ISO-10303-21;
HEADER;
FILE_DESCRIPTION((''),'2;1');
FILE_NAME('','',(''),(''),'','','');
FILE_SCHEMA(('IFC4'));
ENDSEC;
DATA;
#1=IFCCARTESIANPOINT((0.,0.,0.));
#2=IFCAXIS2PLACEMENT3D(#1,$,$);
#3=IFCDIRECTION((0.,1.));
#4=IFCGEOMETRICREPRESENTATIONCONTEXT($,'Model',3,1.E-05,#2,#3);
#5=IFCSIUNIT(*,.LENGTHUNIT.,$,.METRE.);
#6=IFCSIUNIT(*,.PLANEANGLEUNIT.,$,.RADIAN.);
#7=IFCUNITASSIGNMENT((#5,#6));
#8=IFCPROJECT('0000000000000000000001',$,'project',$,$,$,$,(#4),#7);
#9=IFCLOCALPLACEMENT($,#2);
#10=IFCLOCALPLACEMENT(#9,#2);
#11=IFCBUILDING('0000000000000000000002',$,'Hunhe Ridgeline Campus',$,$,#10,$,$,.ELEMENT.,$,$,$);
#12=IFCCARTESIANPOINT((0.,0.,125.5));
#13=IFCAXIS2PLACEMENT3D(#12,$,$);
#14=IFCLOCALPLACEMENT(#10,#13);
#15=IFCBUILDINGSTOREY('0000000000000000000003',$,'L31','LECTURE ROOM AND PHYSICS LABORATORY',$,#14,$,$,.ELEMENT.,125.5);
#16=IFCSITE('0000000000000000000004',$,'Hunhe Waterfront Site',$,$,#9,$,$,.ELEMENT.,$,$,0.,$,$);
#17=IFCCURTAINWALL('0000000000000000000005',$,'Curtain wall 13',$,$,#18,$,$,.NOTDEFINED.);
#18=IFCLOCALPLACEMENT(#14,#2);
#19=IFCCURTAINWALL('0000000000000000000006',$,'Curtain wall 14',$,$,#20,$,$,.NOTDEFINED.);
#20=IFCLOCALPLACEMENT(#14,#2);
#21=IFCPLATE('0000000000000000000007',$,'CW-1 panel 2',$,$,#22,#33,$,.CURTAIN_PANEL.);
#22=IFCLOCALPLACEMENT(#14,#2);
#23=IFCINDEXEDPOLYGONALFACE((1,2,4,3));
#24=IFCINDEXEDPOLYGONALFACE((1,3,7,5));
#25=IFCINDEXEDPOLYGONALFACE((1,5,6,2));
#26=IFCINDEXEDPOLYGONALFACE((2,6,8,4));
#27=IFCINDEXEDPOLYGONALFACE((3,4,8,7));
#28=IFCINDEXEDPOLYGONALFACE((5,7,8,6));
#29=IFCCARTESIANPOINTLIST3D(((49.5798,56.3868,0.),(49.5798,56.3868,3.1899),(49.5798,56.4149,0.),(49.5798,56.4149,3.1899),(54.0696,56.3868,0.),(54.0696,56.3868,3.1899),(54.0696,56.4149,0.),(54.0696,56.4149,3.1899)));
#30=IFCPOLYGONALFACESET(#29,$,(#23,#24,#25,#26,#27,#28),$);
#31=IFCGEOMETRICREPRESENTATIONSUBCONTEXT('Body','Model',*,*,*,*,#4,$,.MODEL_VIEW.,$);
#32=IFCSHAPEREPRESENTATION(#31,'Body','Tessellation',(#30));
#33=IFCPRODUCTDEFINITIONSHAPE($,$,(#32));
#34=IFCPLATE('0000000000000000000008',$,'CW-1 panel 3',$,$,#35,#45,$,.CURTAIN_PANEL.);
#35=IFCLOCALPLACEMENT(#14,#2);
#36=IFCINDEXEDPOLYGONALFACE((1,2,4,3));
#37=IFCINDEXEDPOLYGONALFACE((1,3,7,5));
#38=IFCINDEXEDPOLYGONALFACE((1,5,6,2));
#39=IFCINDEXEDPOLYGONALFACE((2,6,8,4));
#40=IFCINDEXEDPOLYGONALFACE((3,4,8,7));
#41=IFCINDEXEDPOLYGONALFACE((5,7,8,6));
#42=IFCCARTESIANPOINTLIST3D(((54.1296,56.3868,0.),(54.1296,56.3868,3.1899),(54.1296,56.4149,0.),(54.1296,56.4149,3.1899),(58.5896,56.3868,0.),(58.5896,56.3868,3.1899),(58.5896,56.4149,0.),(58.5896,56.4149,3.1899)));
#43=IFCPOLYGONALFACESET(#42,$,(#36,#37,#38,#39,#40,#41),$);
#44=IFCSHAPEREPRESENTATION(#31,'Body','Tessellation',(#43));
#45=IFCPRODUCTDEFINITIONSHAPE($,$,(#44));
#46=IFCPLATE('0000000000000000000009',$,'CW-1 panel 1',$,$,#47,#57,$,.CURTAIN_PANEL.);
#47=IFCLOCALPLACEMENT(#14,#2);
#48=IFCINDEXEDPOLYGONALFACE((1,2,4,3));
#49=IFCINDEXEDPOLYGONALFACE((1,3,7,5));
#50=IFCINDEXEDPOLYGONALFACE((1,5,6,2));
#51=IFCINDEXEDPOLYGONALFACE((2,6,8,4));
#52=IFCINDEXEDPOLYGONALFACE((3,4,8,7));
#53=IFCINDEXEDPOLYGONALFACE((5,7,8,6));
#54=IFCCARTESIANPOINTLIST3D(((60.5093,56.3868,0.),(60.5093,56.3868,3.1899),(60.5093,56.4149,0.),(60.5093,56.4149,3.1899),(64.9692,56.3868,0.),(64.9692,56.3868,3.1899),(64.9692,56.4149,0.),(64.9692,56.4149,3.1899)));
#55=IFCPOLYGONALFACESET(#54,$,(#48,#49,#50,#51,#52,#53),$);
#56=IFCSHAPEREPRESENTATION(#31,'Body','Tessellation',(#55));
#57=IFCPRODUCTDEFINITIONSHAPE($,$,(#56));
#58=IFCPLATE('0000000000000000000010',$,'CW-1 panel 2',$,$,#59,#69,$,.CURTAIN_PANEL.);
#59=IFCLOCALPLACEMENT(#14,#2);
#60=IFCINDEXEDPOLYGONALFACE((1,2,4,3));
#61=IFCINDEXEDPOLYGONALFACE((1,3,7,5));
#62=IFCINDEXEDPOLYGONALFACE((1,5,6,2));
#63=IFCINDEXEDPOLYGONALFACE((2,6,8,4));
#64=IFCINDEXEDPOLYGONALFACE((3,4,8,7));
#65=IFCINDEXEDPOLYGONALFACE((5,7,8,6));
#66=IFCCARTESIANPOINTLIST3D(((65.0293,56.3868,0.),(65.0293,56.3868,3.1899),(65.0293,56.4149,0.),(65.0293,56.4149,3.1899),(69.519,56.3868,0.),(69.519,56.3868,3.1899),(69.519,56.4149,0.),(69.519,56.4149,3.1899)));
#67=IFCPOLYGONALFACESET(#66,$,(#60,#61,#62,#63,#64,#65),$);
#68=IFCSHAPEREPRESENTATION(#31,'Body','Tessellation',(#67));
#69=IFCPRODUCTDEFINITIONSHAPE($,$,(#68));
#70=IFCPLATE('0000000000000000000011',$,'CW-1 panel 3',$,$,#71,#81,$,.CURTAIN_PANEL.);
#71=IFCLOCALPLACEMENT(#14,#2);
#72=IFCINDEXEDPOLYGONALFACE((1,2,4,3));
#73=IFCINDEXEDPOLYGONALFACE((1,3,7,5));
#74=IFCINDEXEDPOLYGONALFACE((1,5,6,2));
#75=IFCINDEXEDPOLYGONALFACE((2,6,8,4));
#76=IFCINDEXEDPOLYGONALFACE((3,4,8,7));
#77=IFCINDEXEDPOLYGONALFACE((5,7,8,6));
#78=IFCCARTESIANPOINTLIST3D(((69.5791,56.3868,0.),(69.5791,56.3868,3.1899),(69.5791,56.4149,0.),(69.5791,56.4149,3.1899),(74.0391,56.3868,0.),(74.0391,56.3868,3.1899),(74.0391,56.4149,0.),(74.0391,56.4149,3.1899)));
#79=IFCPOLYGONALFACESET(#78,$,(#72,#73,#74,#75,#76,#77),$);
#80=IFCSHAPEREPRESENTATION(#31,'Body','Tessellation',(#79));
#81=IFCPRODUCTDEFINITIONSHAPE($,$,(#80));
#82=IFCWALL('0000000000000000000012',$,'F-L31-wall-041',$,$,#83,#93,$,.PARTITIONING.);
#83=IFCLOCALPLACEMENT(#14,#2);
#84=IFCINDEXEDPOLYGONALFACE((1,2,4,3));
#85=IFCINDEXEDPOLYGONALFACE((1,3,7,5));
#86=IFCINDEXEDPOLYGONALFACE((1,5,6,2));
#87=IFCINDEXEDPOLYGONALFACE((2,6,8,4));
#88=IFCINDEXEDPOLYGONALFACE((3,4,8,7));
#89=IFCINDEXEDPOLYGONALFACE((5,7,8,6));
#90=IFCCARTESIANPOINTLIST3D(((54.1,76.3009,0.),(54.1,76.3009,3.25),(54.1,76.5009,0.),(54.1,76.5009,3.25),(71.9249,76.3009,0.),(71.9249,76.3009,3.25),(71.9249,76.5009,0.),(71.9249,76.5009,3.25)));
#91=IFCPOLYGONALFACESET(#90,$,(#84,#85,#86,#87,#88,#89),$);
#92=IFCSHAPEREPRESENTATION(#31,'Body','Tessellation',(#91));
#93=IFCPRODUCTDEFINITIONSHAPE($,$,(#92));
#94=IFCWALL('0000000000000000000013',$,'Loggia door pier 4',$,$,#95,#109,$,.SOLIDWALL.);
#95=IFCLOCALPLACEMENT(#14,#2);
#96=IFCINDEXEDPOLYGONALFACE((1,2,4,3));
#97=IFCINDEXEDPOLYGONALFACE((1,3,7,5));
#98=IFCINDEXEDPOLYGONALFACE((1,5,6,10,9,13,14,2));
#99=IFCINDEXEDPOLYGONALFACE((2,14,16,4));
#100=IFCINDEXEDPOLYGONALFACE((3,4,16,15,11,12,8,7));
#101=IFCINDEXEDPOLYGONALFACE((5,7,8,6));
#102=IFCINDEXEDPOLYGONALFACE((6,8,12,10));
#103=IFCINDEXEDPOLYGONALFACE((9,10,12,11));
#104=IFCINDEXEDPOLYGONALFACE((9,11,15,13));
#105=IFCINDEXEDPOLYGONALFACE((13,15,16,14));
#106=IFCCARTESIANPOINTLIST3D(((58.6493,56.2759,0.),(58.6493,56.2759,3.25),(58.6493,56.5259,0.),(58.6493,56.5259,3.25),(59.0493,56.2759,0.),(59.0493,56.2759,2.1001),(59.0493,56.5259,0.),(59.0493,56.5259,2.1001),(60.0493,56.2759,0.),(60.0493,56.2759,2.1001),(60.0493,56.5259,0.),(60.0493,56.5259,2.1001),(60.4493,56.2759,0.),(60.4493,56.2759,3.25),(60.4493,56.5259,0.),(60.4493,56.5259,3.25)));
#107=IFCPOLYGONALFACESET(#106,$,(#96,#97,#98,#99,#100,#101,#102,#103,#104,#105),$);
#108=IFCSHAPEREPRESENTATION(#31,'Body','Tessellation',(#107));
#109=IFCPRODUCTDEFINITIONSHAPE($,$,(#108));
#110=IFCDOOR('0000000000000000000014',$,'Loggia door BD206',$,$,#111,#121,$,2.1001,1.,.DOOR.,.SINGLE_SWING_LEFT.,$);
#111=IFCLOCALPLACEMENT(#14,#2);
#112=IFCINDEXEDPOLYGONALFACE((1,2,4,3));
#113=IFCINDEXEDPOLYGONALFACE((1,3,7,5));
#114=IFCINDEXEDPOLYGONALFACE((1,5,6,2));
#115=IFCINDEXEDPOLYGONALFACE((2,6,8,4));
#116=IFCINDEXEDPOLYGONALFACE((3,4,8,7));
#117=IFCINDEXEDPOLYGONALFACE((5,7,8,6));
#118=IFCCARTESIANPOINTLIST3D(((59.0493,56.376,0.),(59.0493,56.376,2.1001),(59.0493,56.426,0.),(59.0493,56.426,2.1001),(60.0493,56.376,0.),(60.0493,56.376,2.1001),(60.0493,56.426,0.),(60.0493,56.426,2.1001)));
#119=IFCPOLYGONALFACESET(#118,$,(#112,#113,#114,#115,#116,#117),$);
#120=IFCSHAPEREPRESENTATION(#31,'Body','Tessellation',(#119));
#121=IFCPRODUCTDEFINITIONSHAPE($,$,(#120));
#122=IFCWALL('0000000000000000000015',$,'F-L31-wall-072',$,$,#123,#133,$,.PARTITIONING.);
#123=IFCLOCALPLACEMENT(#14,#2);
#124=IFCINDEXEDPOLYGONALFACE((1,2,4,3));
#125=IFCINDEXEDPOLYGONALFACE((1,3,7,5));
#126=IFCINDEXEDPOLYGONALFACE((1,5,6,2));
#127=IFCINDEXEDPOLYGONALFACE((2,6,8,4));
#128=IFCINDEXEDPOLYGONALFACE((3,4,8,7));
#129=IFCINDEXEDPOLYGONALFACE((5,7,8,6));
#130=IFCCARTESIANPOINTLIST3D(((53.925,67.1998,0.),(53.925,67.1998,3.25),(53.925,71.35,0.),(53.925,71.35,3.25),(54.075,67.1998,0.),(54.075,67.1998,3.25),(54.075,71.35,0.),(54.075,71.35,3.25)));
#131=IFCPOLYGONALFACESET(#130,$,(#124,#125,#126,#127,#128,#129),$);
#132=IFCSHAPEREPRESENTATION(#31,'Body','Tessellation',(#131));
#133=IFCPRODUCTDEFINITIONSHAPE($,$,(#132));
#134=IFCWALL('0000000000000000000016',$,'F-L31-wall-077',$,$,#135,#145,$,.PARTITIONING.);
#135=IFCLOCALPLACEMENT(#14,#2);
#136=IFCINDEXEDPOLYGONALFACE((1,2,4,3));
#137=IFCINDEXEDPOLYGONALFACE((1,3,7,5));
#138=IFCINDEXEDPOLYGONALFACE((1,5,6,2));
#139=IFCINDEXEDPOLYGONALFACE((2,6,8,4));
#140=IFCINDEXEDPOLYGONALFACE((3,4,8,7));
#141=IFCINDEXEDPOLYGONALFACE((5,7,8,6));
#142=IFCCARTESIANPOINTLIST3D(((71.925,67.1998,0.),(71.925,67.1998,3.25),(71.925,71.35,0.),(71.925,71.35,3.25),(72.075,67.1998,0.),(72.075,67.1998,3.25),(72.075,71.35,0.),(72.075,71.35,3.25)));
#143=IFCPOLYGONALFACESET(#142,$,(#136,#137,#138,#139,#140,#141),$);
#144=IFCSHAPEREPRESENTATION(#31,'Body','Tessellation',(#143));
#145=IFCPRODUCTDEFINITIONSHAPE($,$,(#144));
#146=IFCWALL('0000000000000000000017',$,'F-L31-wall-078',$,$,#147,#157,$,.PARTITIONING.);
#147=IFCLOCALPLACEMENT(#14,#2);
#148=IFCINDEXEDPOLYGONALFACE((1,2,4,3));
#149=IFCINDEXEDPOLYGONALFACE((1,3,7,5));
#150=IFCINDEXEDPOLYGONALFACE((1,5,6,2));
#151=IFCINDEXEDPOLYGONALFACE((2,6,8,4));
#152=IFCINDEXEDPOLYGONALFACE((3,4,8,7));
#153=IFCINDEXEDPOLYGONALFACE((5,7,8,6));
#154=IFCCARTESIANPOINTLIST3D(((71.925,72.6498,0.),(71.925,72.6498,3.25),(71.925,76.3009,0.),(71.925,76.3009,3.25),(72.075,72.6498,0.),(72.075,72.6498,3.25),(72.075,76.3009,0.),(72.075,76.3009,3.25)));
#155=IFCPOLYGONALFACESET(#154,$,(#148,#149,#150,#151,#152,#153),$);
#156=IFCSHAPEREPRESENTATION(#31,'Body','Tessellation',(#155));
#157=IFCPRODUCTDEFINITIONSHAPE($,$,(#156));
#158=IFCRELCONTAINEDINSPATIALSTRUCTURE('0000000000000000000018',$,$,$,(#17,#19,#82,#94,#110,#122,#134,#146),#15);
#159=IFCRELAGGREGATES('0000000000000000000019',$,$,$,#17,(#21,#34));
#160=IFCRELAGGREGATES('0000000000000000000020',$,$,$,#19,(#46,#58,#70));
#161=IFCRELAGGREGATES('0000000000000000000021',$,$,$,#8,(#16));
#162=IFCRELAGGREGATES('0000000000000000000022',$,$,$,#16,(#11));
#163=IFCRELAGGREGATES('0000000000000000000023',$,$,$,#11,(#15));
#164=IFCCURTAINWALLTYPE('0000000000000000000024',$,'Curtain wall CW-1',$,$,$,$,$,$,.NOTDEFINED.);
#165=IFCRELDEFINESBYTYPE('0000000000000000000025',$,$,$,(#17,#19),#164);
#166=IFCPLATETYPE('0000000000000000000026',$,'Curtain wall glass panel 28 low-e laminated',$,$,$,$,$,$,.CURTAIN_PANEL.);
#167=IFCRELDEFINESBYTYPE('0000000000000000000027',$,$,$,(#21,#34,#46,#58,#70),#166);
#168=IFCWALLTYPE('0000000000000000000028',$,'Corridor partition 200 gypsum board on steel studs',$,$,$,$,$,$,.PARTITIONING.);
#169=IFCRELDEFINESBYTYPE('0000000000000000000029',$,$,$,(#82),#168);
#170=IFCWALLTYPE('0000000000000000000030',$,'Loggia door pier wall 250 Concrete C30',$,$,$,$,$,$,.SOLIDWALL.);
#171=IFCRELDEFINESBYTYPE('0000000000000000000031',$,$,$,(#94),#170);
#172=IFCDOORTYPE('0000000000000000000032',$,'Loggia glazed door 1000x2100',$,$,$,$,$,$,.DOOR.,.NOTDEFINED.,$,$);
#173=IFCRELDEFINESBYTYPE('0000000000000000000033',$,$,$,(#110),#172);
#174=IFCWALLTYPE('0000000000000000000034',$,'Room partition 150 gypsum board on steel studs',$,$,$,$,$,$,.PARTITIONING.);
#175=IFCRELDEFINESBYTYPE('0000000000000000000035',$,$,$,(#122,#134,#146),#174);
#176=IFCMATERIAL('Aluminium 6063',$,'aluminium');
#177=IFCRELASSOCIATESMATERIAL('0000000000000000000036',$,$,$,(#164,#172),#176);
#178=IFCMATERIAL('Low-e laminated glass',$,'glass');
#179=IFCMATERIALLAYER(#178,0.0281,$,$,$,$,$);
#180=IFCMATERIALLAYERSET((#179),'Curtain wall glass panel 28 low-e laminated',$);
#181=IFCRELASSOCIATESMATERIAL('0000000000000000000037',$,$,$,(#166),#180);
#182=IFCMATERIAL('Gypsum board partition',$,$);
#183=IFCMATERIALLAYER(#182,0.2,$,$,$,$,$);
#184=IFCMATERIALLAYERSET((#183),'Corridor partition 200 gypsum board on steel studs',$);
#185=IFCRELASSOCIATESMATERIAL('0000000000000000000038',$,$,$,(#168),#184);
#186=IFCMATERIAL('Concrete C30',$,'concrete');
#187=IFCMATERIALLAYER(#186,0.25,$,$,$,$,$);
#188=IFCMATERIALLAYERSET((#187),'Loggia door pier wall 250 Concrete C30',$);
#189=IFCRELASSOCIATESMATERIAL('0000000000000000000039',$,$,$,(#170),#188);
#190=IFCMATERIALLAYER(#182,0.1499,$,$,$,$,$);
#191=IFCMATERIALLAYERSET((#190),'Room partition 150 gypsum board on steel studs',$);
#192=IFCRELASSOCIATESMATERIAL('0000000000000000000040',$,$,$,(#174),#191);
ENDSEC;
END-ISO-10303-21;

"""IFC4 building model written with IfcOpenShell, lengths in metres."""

from ifc_helpers import new_model, si_unit, direction, frame, frame_2d, origin, origin_2d, place, context, subcontext, project, spatial, rectangle, extrude, material, layer, layer_set, type_object, element, fill, aggregate, save


model = new_model("IFC4")

# Units and contexts
model_context = context("Model", 3, precision=1e-05, world=origin(), true_north=direction((0.0, 1.0)))
body_context = subcontext(model_context, "Body", "Model", "MODEL_VIEW")
ifc_project = project(units=[si_unit("LENGTHUNIT", "METRE"), si_unit("PLANEANGLEUNIT", "RADIAN")], contexts=[model_context])

# Site, building, storey
site_placement = place(None, origin())
site = spatial("IfcSite", under=ifc_project, at=site_placement, Name="Hunhe Waterfront Site", CompositionType="ELEMENT", RefElevation=0.0)
building_placement = place(site_placement, origin())
building = spatial("IfcBuilding", under=site, at=building_placement, Name="Hunhe Ridgeline Campus", CompositionType="ELEMENT")
storey_placement = place(building_placement, frame((0.0, 0.0, 125.5)))
storey = spatial("IfcBuildingStorey", under=building, at=storey_placement, Name="L31", Description="LECTURE ROOM AND PHYSICS LABORATORY", CompositionType="ELEMENT", Elevation=125.5)

# Curtain walls
ifc_material_1 = material(Name="Aluminium 6063", Category="aluminium")
curtain_wall_type = type_object("IfcCurtainWallType", Name="Curtain wall CW-1", PredefinedType="NOTDEFINED", material=ifc_material_1)
curtain_wall_1_placement = place(storey_placement, origin())
curtain_wall_1 = element("IfcCurtainWall", 1, at=curtain_wall_1_placement, inside=storey, type_object=curtain_wall_type, Name="Curtain wall 13", PredefinedType="NOTDEFINED")
curtain_wall_2_placement = place(storey_placement, origin())
curtain_wall_2 = element("IfcCurtainWall", 2, at=curtain_wall_2_placement, inside=storey, type_object=curtain_wall_type, Name="Curtain wall 14", PredefinedType="NOTDEFINED")

# Plates
ifc_material_2 = material(Name="Low-e laminated glass", Category="glass")
ifc_layer_1 = layer(ifc_material_2, 0.0281)
ifc_layer_set_1 = layer_set([ifc_layer_1], Name="Curtain wall glass panel 28 low-e laminated")
plate_type = type_object("IfcPlateType", Name="Curtain wall glass panel 28 low-e laminated", PredefinedType="CURTAIN_PANEL", material=ifc_layer_set_1)
plate_1_placement = place(storey_placement, frame((51.8247, 56.4009, 0.0), z_axis=(0.0, 0.0, 1.0), x_axis=(1.0, 0.0, 0.0)))
plate_1 = element("IfcPlate", 3, at=plate_1_placement, type_object=plate_type, Name="CW-1 panel 2", PredefinedType="CURTAIN_PANEL", context=body_context, shape_type="SweptSolid", body=[
    extrude(rectangle(XDim=4.4897, YDim=0.0281, at=origin_2d()), origin(), (0.0, 0.0, 1.0), 3.1899),
])
plate_2_placement = place(storey_placement, frame((56.3596, 56.4009, 0.0), z_axis=(0.0, 0.0, 1.0), x_axis=(1.0, 0.0, 0.0)))
plate_2 = element("IfcPlate", 4, at=plate_2_placement, type_object=plate_type, Name="CW-1 panel 3", PredefinedType="CURTAIN_PANEL", context=body_context, shape_type="SweptSolid", body=[
    extrude(rectangle(XDim=4.46, YDim=0.0281, at=origin_2d()), origin(), (0.0, 0.0, 1.0), 3.1899),
])
aggregate(curtain_wall_1, [plate_1, plate_2])
plate_3_placement = place(storey_placement, frame((62.7393, 56.4009, 0.0), z_axis=(0.0, 0.0, 1.0), x_axis=(1.0, 0.0, 0.0)))
plate_3 = element("IfcPlate", 5, at=plate_3_placement, type_object=plate_type, Name="CW-1 panel 1", PredefinedType="CURTAIN_PANEL", context=body_context, shape_type="SweptSolid", body=[
    extrude(rectangle(XDim=4.46, YDim=0.0281, at=origin_2d()), origin(), (0.0, 0.0, 1.0), 3.1899),
])
plate_4_placement = place(storey_placement, frame((67.2742, 56.4009, 0.0), z_axis=(0.0, 0.0, 1.0), x_axis=(1.0, 0.0, 0.0)))
plate_4 = element("IfcPlate", 6, at=plate_4_placement, type_object=plate_type, Name="CW-1 panel 2", PredefinedType="CURTAIN_PANEL", context=body_context, shape_type="SweptSolid", body=[
    extrude(rectangle(XDim=4.4897, YDim=0.0281, at=origin_2d()), origin(), (0.0, 0.0, 1.0), 3.1899),
])
plate_5_placement = place(storey_placement, frame((71.8091, 56.4009, 0.0), z_axis=(0.0, 0.0, 1.0), x_axis=(1.0, 0.0, 0.0)))
plate_5 = element("IfcPlate", 7, at=plate_5_placement, type_object=plate_type, Name="CW-1 panel 3", PredefinedType="CURTAIN_PANEL", context=body_context, shape_type="SweptSolid", body=[
    extrude(rectangle(XDim=4.46, YDim=0.0281, at=origin_2d()), origin(), (0.0, 0.0, 1.0), 3.1899),
])
aggregate(curtain_wall_2, [plate_3, plate_4, plate_5])

# Wall
ifc_material_3 = material(Name="Gypsum board partition")
ifc_layer_2 = layer(ifc_material_3, 0.2)
ifc_layer_set_2 = layer_set([ifc_layer_2], Name="Corridor partition 200 gypsum board on steel studs")
wall_type_1 = type_object("IfcWallType", Name="Corridor partition 200 gypsum board on steel studs", PredefinedType="PARTITIONING", material=ifc_layer_set_2)
wall_1_placement = place(storey_placement, frame((71.925, 76.4009, 0.0), z_axis=(0.0, 0.0, 1.0), x_axis=(-1.0, 0.0, 0.0)))
element("IfcWall", 8, at=wall_1_placement, inside=storey, type_object=wall_type_1, Name="F-L31-wall-041", PredefinedType="PARTITIONING", context=body_context, shape_type="SweptSolid", body=[
    extrude(rectangle(XDim=17.825, YDim=0.2, at=frame_2d((8.9126, 0.0))), origin(), (0.0, 0.0, 1.0), 3.25),
])

# Wall, opening, door
ifc_material_4 = material(Name="Concrete C30", Category="concrete")
ifc_layer_3 = layer(ifc_material_4, 0.25)
ifc_layer_set_3 = layer_set([ifc_layer_3], Name="Loggia door pier wall 250 Concrete C30")
wall_type_2 = type_object("IfcWallType", Name="Loggia door pier wall 250 Concrete C30", PredefinedType="SOLIDWALL", material=ifc_layer_set_3)
wall_2_placement = place(storey_placement, frame((58.6494, 56.4009, 0.0), z_axis=(0.0, 0.0, 1.0), x_axis=(1.0, 0.0, 0.0)))
wall_2 = element("IfcWall", 9, at=wall_2_placement, inside=storey, type_object=wall_type_2, Name="Loggia door pier 4", PredefinedType="SOLIDWALL", context=body_context, shape_type="SweptSolid", body=[
    extrude(rectangle(XDim=1.8, YDim=0.25, at=frame_2d((0.8999, 0.0))), origin(), (0.0, 0.0, 1.0), 3.25),
])
opening_placement = place(wall_2_placement, frame((0.3999, 0.0, 0.0)))
opening = element("IfcOpeningElement", 10, at=opening_placement, cuts=wall_2, PredefinedType="OPENING", context=body_context, shape_type="SweptSolid", body=[
    extrude(rectangle(XDim=1.0, YDim=2.1001, at=frame_2d((0.5, 1.05))), frame((0.0, 0.125, 0.0), z_axis=(0.0, -1.0, 0.0), x_axis=(1.0, 0.0, 0.0)), (0.0, 0.0, 1.0), 0.25),
])
door_type = type_object("IfcDoorType", Name="Loggia glazed door 1000x2100", OperationType="NOTDEFINED", PredefinedType="DOOR", material=ifc_material_1)
door_placement = place(opening_placement, frame((1.0, 0.0, 0.0), z_axis=(0.0, 0.0, 1.0), x_axis=(-1.0, 0.0, 0.0)))
door = element("IfcDoor", 11, at=door_placement, inside=storey, type_object=door_type, Name="Loggia door BD206", OperationType="SINGLE_SWING_LEFT", OverallHeight=2.1001, OverallWidth=1.0, PredefinedType="DOOR", context=body_context, shape_type="SweptSolid", body=[
    extrude(rectangle(XDim=1.0, YDim=2.1001, at=frame_2d((0.5, 1.05))), frame((0.0, 0.0249, 0.0), z_axis=(0.0, -1.0, 0.0), x_axis=(1.0, 0.0, 0.0)), (0.0, 0.0, 1.0), 0.05),
])
fill(opening, door)

# Walls
ifc_layer_4 = layer(ifc_material_3, 0.1499)
ifc_layer_set_4 = layer_set([ifc_layer_4], Name="Room partition 150 gypsum board on steel studs")
wall_type_3 = type_object("IfcWallType", Name="Room partition 150 gypsum board on steel studs", PredefinedType="PARTITIONING", material=ifc_layer_set_4)
for number, where, z_axis, x_axis, name in (
    (12, (54.0, 71.3501, 0.0), (0.0, 0.0, 1.0), (0.0, -1.0, 0.0), "F-L31-wall-072"),
    (13, (72.0, 71.3501, 0.0), (0.0, 0.0, 1.0), (0.0, -1.0, 0.0), "F-L31-wall-077"),
):
    element("IfcWall", number, at=place(storey_placement, frame(where, z_axis=z_axis, x_axis=x_axis)), inside=storey, type_object=wall_type_3, Name=name, PredefinedType="PARTITIONING", context=body_context, shape_type="SweptSolid", body=[
        extrude(rectangle(XDim=4.1501, YDim=0.1499, at=frame_2d((2.0752, 0.0))), origin(), (0.0, 0.0, 1.0), 3.25),
    ])
wall_3_placement = place(storey_placement, frame((72.0, 76.301, 0.0), z_axis=(0.0, 0.0, 1.0), x_axis=(0.0, -1.0, 0.0)))
element("IfcWall", 14, at=wall_3_placement, inside=storey, type_object=wall_type_3, Name="F-L31-wall-078", PredefinedType="PARTITIONING", context=body_context, shape_type="SweptSolid", body=[
    extrude(rectangle(XDim=3.6511, YDim=0.1499, at=frame_2d((1.8257, 0.0))), origin(), (0.0, 0.0, 1.0), 3.25),
])

save(model, "model.ifc")
